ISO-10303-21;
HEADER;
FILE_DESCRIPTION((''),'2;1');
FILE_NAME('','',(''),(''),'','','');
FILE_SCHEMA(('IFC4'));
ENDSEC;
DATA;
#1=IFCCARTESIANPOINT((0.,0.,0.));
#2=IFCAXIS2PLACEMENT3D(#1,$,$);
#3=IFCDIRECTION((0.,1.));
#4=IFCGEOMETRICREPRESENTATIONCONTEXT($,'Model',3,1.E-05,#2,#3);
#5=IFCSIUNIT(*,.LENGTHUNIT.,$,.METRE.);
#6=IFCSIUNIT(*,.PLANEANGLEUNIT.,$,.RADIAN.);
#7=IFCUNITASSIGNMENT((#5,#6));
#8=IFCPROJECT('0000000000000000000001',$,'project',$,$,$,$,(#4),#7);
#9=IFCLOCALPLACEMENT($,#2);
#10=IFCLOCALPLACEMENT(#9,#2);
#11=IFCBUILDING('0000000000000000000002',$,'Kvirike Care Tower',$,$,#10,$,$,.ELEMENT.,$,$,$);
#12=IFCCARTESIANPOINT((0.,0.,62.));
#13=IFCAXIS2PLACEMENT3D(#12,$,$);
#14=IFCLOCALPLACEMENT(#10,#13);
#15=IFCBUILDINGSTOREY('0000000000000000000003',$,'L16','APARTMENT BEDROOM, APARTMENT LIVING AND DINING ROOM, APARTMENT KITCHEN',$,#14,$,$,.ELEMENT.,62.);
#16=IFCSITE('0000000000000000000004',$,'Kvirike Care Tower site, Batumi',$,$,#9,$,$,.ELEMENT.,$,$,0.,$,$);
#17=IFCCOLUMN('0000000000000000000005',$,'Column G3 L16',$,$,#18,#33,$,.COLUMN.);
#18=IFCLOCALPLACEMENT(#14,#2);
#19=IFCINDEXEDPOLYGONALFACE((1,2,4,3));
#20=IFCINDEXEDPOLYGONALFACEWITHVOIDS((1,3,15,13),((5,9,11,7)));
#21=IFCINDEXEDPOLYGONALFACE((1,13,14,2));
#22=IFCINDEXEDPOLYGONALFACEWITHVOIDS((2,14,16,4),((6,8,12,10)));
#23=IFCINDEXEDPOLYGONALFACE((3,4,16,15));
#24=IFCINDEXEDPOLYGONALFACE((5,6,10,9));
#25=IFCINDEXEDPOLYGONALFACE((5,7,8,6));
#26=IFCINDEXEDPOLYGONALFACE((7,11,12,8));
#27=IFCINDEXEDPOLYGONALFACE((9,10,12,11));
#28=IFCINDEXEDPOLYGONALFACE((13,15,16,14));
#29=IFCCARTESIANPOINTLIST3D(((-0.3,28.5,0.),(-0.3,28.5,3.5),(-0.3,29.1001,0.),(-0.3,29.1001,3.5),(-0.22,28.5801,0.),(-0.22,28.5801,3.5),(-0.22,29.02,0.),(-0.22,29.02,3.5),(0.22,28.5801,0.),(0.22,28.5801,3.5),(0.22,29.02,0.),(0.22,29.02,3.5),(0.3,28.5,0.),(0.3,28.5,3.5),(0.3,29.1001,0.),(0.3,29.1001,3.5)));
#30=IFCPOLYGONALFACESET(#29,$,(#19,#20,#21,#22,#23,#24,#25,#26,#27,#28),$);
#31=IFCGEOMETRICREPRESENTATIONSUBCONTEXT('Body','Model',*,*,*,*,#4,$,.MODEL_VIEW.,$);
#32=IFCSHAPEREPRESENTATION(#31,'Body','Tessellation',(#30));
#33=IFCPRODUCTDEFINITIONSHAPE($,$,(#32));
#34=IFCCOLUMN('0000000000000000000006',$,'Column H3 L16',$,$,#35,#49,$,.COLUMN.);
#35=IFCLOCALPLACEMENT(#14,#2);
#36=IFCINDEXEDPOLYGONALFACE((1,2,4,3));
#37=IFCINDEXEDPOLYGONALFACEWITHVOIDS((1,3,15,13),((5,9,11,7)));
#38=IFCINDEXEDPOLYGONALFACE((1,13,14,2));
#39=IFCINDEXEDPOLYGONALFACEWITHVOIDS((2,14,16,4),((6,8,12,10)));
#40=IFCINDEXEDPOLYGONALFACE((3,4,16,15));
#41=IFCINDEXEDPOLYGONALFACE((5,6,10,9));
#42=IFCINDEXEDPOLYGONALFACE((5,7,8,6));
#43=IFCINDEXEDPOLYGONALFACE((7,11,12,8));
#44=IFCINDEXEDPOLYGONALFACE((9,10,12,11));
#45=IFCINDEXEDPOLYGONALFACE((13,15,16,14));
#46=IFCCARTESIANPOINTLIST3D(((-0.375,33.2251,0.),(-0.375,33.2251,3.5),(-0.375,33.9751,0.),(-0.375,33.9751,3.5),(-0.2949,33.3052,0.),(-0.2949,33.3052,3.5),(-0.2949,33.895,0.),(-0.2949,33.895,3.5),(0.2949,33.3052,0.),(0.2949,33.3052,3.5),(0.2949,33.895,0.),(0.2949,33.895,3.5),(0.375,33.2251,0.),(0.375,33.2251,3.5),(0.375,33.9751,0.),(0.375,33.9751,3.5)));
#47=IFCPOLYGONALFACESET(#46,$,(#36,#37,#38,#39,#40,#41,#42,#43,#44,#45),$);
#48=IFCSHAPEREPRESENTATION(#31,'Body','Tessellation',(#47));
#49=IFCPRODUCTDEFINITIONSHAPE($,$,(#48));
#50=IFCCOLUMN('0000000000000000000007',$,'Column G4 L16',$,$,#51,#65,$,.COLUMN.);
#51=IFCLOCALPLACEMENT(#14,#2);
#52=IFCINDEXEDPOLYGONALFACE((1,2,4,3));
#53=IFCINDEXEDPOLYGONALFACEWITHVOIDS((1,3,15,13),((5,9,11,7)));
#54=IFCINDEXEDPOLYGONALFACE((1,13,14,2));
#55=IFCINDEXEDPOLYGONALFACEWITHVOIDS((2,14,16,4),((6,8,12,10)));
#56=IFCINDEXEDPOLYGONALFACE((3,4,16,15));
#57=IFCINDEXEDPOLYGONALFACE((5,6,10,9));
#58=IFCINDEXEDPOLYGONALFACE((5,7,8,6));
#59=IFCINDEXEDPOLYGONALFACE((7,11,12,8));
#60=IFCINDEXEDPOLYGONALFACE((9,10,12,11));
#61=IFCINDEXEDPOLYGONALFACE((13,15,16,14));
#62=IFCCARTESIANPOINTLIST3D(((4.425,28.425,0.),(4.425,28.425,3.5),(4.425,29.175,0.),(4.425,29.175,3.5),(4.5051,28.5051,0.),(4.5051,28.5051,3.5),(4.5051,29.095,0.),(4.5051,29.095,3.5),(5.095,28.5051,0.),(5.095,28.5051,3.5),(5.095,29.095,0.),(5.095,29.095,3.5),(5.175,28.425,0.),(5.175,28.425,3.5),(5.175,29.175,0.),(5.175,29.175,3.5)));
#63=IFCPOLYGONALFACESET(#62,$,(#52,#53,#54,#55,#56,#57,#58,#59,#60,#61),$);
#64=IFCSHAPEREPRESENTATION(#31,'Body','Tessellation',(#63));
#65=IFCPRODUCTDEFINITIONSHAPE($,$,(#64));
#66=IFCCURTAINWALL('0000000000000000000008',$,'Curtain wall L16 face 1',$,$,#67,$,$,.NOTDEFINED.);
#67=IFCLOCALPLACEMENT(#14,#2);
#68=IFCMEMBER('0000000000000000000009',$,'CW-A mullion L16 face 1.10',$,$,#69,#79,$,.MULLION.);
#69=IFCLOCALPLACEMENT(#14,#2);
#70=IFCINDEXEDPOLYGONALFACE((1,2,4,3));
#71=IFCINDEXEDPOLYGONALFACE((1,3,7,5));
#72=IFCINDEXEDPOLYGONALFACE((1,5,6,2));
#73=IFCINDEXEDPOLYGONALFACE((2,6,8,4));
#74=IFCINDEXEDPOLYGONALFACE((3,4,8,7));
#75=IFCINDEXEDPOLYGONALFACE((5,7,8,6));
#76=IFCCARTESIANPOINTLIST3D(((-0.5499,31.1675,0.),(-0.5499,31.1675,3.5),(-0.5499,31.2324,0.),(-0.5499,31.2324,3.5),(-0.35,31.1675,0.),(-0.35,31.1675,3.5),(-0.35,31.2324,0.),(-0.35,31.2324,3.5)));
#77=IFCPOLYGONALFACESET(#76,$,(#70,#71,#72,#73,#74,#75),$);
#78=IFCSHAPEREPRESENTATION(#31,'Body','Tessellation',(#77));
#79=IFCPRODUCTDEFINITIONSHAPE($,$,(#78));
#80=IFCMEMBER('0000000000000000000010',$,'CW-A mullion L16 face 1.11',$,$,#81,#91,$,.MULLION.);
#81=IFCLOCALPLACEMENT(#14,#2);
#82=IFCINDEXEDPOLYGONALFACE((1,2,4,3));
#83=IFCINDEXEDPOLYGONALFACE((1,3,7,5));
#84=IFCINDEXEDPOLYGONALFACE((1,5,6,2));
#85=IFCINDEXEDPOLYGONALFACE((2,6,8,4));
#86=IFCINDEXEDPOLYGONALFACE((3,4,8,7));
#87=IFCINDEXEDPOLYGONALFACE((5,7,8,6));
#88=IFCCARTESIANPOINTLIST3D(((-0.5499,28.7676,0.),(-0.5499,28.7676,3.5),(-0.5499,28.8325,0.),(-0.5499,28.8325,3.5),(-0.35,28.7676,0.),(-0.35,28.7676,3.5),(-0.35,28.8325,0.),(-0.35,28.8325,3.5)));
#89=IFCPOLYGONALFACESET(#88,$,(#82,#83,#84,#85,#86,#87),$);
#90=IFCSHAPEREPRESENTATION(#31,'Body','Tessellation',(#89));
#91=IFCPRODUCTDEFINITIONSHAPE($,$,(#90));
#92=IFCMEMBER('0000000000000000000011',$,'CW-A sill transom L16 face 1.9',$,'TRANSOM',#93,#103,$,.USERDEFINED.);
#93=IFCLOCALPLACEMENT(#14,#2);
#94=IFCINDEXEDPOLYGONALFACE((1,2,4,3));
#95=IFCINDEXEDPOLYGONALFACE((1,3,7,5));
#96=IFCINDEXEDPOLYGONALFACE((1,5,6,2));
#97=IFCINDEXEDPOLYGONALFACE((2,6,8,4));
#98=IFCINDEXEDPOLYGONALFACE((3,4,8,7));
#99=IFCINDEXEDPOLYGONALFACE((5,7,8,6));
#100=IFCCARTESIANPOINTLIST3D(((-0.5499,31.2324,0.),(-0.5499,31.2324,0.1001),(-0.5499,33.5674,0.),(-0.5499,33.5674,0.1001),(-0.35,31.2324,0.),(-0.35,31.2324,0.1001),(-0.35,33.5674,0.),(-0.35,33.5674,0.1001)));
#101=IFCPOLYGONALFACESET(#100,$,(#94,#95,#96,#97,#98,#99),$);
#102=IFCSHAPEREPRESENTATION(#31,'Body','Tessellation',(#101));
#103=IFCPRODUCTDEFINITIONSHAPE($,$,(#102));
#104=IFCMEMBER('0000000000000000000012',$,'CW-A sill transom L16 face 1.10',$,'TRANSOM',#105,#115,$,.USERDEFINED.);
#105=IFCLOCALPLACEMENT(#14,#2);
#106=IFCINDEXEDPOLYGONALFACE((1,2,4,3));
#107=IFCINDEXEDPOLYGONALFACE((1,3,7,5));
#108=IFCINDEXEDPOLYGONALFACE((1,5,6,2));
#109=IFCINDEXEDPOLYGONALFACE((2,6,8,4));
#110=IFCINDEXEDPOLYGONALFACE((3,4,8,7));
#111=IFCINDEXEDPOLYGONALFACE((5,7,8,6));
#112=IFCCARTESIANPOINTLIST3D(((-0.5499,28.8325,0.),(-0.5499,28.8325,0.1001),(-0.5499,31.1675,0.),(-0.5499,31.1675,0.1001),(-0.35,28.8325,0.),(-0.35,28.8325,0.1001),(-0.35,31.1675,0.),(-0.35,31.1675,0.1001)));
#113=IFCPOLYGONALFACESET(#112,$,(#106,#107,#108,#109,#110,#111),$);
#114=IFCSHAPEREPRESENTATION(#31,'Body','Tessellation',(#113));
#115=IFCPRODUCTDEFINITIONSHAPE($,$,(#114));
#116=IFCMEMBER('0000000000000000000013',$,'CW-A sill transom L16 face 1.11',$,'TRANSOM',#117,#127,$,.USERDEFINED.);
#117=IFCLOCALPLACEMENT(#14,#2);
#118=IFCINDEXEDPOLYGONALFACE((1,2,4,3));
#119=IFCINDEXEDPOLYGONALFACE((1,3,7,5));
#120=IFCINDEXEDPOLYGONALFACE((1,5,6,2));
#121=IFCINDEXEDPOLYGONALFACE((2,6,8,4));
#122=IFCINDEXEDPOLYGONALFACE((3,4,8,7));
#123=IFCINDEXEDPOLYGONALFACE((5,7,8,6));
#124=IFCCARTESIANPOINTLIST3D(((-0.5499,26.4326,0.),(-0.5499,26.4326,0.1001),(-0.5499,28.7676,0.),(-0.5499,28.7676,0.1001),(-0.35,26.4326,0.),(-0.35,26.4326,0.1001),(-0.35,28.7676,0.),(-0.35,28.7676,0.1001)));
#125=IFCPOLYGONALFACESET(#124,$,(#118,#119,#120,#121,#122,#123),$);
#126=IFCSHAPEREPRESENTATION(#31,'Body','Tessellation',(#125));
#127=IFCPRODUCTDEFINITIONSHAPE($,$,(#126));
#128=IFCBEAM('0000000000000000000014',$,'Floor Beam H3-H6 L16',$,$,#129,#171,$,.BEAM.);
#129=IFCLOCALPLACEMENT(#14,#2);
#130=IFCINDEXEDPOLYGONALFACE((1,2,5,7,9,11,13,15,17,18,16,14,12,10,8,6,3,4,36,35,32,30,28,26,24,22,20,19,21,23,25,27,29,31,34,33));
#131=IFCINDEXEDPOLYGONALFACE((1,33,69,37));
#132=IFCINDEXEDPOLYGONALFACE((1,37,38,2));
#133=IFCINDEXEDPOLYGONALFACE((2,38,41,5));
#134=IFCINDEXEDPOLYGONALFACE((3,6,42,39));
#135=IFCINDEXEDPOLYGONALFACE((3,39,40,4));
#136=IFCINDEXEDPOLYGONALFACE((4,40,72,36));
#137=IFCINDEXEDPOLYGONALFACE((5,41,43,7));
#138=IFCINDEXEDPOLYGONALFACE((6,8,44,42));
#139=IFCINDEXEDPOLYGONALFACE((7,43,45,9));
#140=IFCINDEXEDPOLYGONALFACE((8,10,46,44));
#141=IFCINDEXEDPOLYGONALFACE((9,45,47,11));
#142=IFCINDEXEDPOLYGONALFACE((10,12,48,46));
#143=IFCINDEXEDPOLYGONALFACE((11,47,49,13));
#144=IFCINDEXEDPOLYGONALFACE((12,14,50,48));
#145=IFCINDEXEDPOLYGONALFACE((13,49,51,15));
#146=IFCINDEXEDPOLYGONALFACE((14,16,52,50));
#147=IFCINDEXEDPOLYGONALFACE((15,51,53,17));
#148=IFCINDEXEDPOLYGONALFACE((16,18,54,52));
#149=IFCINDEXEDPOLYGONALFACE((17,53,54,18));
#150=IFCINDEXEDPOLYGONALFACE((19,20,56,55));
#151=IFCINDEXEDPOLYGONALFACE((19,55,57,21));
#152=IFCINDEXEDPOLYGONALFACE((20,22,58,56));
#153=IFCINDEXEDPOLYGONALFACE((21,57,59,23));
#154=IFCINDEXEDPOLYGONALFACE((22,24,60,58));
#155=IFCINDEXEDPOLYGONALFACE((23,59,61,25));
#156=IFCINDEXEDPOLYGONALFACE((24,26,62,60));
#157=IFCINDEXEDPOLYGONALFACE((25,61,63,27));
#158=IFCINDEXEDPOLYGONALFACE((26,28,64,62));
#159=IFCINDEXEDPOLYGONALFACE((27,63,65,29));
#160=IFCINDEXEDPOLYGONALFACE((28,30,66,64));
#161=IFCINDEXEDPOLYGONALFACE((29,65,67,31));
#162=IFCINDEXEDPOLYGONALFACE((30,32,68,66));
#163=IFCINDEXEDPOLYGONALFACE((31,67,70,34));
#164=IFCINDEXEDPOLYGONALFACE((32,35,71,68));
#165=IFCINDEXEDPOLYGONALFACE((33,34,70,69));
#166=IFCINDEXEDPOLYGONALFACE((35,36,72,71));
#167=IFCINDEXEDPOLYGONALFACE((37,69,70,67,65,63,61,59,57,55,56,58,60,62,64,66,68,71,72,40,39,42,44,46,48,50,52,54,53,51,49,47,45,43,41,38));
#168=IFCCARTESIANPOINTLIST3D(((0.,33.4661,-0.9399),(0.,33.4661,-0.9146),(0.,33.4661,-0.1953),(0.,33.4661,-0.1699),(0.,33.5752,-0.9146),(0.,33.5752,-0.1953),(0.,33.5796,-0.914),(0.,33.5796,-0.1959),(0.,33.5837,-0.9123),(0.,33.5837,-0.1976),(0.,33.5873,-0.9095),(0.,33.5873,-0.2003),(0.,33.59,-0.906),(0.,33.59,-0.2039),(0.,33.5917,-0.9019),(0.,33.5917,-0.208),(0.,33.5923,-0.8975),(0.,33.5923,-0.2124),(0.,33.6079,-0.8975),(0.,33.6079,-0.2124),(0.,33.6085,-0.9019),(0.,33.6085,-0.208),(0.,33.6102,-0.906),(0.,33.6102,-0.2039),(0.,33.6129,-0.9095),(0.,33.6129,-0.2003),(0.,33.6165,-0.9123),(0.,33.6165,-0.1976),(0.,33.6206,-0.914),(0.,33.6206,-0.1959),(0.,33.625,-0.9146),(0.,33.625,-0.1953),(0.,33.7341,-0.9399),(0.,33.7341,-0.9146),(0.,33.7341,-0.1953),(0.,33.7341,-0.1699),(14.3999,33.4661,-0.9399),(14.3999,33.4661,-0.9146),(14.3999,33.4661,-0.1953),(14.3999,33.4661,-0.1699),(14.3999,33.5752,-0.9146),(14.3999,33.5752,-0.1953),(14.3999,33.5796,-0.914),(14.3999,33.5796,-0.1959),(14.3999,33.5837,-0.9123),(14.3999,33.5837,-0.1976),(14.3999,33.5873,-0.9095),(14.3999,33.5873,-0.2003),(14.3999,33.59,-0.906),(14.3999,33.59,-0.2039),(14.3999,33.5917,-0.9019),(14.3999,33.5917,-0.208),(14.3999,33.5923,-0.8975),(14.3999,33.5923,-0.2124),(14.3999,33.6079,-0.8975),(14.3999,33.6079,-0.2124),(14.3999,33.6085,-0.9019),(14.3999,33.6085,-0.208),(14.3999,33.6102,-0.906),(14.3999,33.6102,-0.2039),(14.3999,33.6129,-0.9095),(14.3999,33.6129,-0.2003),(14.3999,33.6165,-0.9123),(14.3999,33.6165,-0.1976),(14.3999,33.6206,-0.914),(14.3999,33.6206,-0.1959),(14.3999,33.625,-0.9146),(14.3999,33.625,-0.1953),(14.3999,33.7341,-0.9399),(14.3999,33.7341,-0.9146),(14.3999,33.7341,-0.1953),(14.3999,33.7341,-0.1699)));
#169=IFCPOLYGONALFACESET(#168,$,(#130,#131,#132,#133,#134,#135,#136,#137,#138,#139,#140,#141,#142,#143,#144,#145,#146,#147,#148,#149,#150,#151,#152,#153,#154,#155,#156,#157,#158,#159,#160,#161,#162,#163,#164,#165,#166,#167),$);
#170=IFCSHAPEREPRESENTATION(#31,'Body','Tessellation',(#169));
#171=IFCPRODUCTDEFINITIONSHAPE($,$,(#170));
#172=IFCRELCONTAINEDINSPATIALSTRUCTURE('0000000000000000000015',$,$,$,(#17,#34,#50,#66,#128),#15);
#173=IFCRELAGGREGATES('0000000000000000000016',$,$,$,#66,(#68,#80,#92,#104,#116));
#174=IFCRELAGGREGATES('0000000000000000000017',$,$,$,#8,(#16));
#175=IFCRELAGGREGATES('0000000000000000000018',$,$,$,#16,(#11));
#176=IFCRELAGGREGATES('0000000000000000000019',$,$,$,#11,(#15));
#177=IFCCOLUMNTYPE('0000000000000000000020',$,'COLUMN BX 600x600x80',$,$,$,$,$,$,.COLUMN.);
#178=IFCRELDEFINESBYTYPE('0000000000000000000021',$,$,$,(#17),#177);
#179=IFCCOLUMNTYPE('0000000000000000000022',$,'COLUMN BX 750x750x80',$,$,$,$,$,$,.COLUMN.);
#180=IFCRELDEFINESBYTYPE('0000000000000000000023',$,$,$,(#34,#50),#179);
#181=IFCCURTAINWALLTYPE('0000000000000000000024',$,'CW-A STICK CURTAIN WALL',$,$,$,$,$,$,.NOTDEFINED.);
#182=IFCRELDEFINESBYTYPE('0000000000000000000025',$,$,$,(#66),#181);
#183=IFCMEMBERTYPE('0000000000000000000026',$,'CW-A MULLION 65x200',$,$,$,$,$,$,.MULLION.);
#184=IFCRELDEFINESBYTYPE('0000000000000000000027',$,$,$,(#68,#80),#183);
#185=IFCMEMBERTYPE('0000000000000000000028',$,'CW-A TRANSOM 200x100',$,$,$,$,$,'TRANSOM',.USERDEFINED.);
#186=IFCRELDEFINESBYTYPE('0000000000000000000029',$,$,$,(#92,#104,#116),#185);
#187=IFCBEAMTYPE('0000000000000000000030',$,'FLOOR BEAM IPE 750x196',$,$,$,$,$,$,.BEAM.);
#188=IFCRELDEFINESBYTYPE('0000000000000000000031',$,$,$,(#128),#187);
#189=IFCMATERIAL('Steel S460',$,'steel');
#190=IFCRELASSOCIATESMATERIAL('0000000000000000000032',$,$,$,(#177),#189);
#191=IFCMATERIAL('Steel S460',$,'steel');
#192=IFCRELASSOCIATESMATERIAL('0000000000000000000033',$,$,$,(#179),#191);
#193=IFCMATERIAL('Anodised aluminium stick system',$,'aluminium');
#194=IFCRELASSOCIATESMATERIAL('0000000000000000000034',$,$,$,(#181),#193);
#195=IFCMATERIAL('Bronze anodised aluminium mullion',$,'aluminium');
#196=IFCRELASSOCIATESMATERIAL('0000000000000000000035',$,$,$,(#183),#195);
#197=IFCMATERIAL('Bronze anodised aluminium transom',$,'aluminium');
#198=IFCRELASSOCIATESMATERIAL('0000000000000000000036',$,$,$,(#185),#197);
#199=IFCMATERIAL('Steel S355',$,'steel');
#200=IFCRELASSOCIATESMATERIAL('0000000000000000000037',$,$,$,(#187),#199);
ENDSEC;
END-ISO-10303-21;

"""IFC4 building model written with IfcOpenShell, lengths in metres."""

from ifc_helpers import new_model, si_unit, direction, frame, origin, origin_2d, place, context, subcontext, project, spatial, rectangle, hollow_rectangle, i_section, extrude, material, material_profile, profile_set, type_object, element, aggregate, save


model = new_model("IFC4")

# Units and contexts
model_context = context("Model", 3, precision=1e-05, world=origin(), true_north=direction((0.0, 1.0)))
body_context = subcontext(model_context, "Body", "Model", "MODEL_VIEW")
ifc_project = project(units=[si_unit("LENGTHUNIT", "METRE"), si_unit("PLANEANGLEUNIT", "RADIAN")], contexts=[model_context])

# Site, building, storey
site_placement = place(None, origin())
site = spatial("IfcSite", under=ifc_project, at=site_placement, Name="Kvirike Care Tower site, Batumi", CompositionType="ELEMENT", RefElevation=0.0)
building_placement = place(site_placement, origin())
building = spatial("IfcBuilding", under=site, at=building_placement, Name="Kvirike Care Tower", CompositionType="ELEMENT")
storey_placement = place(building_placement, frame((0.0, 0.0, 62.0)))
storey = spatial("IfcBuildingStorey", under=building, at=storey_placement, Name="L16", Description="APARTMENT BEDROOM, APARTMENT LIVING AND DINING ROOM, APARTMENT KITCHEN", CompositionType="ELEMENT", Elevation=62.0)

# Columns
ifc_material_1 = material(Name="Steel S460", Category="steel")
ifc_material_profile_1 = material_profile(ifc_material_1, hollow_rectangle(XDim=0.6001, YDim=0.6001, WallThickness=0.0801, at=origin_2d()), Name="BX 600x600x80")
ifc_profile_set_1 = profile_set([ifc_material_profile_1], Name="Steel S460")
column_type_1 = type_object("IfcColumnType", Name="COLUMN BX 600x600x80", PredefinedType="COLUMN", material=ifc_profile_set_1)
column_placement = place(storey_placement, frame((0.0, 28.8, 0.0), z_axis=(0.0, 0.0, 1.0), x_axis=(0.0, 1.0, 0.0)))
element("IfcColumn", 1, at=column_placement, inside=storey, type_object=column_type_1, Name="Column G3 L16", PredefinedType="COLUMN", context=body_context, shape_type="SweptSolid", body=[
    extrude(hollow_rectangle(XDim=0.6001, YDim=0.6001, WallThickness=0.0801, at=origin_2d()), origin(), (0.0, 0.0, 1.0), 3.5),
])
ifc_material_2 = material(Name="Steel S460", Category="steel")
ifc_material_profile_2 = material_profile(ifc_material_2, hollow_rectangle(XDim=0.75, YDim=0.75, WallThickness=0.0801, at=origin_2d()), Name="BX 750x750x80")
ifc_profile_set_2 = profile_set([ifc_material_profile_2], Name="Steel S460")
column_type_2 = type_object("IfcColumnType", Name="COLUMN BX 750x750x80", PredefinedType="COLUMN", material=ifc_profile_set_2)
for number, where, z_axis, x_axis, name in (
    (2, (0.0, 33.6001, 0.0), (0.0, 0.0, 1.0), (1.0, 0.0, 0.0), "Column H3 L16"),
    (3, (4.8, 28.8, 0.0), (0.0, 0.0, 1.0), (0.0, 1.0, 0.0), "Column G4 L16"),
):
    element("IfcColumn", number, at=place(storey_placement, frame(where, z_axis=z_axis, x_axis=x_axis)), inside=storey, type_object=column_type_2, Name=name, PredefinedType="COLUMN", context=body_context, shape_type="SweptSolid", body=[
        extrude(hollow_rectangle(XDim=0.75, YDim=0.75, WallThickness=0.0801, at=origin_2d()), origin(), (0.0, 0.0, 1.0), 3.5),
    ])

# Curtain wall, members
ifc_material_3 = material(Name="Anodised aluminium stick system", Category="aluminium")
curtain_wall_type = type_object("IfcCurtainWallType", Name="CW-A STICK CURTAIN WALL", PredefinedType="NOTDEFINED", material=ifc_material_3)
curtain_wall_placement = place(storey_placement, origin())
curtain_wall = element("IfcCurtainWall", 4, at=curtain_wall_placement, inside=storey, type_object=curtain_wall_type, Name="Curtain wall L16 face 1", PredefinedType="NOTDEFINED")
ifc_material_4 = material(Name="Bronze anodised aluminium mullion", Category="aluminium")
ifc_material_profile_3 = material_profile(ifc_material_4, rectangle(XDim=0.0649, YDim=0.2, at=origin_2d()), Name="CW-A MULLION 65x200")
ifc_profile_set_3 = profile_set([ifc_material_profile_3], Name="Bronze anodised aluminium mullion")
member_type_1 = type_object("IfcMemberType", Name="CW-A MULLION 65x200", PredefinedType="MULLION", material=ifc_profile_set_3)
member_1_placement = place(storey_placement, frame((-0.45, 31.2, 0.0), z_axis=(0.0, 0.0, 1.0), x_axis=(0.0, -1.0, 0.0)))
member_1 = element("IfcMember", 5, at=member_1_placement, type_object=member_type_1, Name="CW-A mullion L16 face 1.10", PredefinedType="MULLION", context=body_context, shape_type="SweptSolid", body=[
    extrude(rectangle(XDim=0.0649, YDim=0.2, at=origin_2d()), origin(), (0.0, 0.0, 1.0), 3.5),
])
member_2_placement = place(storey_placement, frame((-0.45, 28.8, 0.0), z_axis=(0.0, 0.0, 1.0), x_axis=(0.0, -1.0, 0.0)))
member_2 = element("IfcMember", 6, at=member_2_placement, type_object=member_type_1, Name="CW-A mullion L16 face 1.11", PredefinedType="MULLION", context=body_context, shape_type="SweptSolid", body=[
    extrude(rectangle(XDim=0.0649, YDim=0.2, at=origin_2d()), origin(), (0.0, 0.0, 1.0), 3.5),
])
ifc_material_5 = material(Name="Bronze anodised aluminium transom", Category="aluminium")
ifc_material_profile_4 = material_profile(ifc_material_5, rectangle(XDim=0.2, YDim=0.1001, at=origin_2d()), Name="CW-A TRANSOM 200x100")
ifc_profile_set_4 = profile_set([ifc_material_profile_4], Name="Bronze anodised aluminium transom")
member_type_2 = type_object("IfcMemberType", Name="CW-A TRANSOM 200x100", ElementType="TRANSOM", PredefinedType="USERDEFINED", material=ifc_profile_set_4)
member_3_placement = place(storey_placement, frame((-0.45, 33.5674, 0.05), z_axis=(0.0, -1.0, 0.0), x_axis=(1.0, 0.0, 0.0)))
member_3 = element("IfcMember", 7, at=member_3_placement, type_object=member_type_2, Name="CW-A sill transom L16 face 1.9", ObjectType="TRANSOM", PredefinedType="USERDEFINED", context=body_context, shape_type="SweptSolid", body=[
    extrude(rectangle(XDim=0.2, YDim=0.1001, at=origin_2d()), origin(), (0.0, 0.0, 1.0), 2.335),
])
member_4_placement = place(storey_placement, frame((-0.45, 31.1675, 0.05), z_axis=(0.0, -1.0, 0.0), x_axis=(1.0, 0.0, 0.0)))
member_4 = element("IfcMember", 8, at=member_4_placement, type_object=member_type_2, Name="CW-A sill transom L16 face 1.10", ObjectType="TRANSOM", PredefinedType="USERDEFINED", context=body_context, shape_type="SweptSolid", body=[
    extrude(rectangle(XDim=0.2, YDim=0.1001, at=origin_2d()), origin(), (0.0, 0.0, 1.0), 2.335),
])
member_5_placement = place(storey_placement, frame((-0.45, 28.7676, 0.05), z_axis=(0.0, -1.0, 0.0), x_axis=(1.0, 0.0, 0.0)))
member_5 = element("IfcMember", 9, at=member_5_placement, type_object=member_type_2, Name="CW-A sill transom L16 face 1.11", ObjectType="TRANSOM", PredefinedType="USERDEFINED", context=body_context, shape_type="SweptSolid", body=[
    extrude(rectangle(XDim=0.2, YDim=0.1001, at=origin_2d()), origin(), (0.0, 0.0, 1.0), 2.335),
])

# Beam
ifc_material_6 = material(Name="Steel S355", Category="steel")
ifc_material_profile_5 = material_profile(ifc_material_6, i_section(OverallWidth=0.2681, OverallDepth=0.77, WebThickness=0.0156, FlangeThickness=0.0254, FilletRadius=0.0171, at=origin_2d()), Name="IPE 750x196")
ifc_profile_set_5 = profile_set([ifc_material_profile_5], Name="Steel S355")
beam_type_1 = type_object("IfcBeamType", Name="FLOOR BEAM IPE 750x196", PredefinedType="BEAM", material=ifc_profile_set_5)
beam_1_placement = place(storey_placement, frame((0.0, 33.6001, -0.5549), z_axis=(1.0, 0.0, 0.0), x_axis=(0.0, 1.0, 0.0)))
element("IfcBeam", 10, at=beam_1_placement, inside=storey, type_object=beam_type_1, Name="Floor Beam H3-H6 L16", PredefinedType="BEAM", context=body_context, shape_type="SweptSolid", body=[
    extrude(i_section(OverallWidth=0.2681, OverallDepth=0.77, WebThickness=0.0156, FlangeThickness=0.0254, FilletRadius=0.0171, at=origin_2d()), origin(), (0.0, 0.0, 1.0), 14.3999),
])

aggregate(curtain_wall, [member_1, member_2, member_3, member_4, member_5])

save(model, "model.ifc")
